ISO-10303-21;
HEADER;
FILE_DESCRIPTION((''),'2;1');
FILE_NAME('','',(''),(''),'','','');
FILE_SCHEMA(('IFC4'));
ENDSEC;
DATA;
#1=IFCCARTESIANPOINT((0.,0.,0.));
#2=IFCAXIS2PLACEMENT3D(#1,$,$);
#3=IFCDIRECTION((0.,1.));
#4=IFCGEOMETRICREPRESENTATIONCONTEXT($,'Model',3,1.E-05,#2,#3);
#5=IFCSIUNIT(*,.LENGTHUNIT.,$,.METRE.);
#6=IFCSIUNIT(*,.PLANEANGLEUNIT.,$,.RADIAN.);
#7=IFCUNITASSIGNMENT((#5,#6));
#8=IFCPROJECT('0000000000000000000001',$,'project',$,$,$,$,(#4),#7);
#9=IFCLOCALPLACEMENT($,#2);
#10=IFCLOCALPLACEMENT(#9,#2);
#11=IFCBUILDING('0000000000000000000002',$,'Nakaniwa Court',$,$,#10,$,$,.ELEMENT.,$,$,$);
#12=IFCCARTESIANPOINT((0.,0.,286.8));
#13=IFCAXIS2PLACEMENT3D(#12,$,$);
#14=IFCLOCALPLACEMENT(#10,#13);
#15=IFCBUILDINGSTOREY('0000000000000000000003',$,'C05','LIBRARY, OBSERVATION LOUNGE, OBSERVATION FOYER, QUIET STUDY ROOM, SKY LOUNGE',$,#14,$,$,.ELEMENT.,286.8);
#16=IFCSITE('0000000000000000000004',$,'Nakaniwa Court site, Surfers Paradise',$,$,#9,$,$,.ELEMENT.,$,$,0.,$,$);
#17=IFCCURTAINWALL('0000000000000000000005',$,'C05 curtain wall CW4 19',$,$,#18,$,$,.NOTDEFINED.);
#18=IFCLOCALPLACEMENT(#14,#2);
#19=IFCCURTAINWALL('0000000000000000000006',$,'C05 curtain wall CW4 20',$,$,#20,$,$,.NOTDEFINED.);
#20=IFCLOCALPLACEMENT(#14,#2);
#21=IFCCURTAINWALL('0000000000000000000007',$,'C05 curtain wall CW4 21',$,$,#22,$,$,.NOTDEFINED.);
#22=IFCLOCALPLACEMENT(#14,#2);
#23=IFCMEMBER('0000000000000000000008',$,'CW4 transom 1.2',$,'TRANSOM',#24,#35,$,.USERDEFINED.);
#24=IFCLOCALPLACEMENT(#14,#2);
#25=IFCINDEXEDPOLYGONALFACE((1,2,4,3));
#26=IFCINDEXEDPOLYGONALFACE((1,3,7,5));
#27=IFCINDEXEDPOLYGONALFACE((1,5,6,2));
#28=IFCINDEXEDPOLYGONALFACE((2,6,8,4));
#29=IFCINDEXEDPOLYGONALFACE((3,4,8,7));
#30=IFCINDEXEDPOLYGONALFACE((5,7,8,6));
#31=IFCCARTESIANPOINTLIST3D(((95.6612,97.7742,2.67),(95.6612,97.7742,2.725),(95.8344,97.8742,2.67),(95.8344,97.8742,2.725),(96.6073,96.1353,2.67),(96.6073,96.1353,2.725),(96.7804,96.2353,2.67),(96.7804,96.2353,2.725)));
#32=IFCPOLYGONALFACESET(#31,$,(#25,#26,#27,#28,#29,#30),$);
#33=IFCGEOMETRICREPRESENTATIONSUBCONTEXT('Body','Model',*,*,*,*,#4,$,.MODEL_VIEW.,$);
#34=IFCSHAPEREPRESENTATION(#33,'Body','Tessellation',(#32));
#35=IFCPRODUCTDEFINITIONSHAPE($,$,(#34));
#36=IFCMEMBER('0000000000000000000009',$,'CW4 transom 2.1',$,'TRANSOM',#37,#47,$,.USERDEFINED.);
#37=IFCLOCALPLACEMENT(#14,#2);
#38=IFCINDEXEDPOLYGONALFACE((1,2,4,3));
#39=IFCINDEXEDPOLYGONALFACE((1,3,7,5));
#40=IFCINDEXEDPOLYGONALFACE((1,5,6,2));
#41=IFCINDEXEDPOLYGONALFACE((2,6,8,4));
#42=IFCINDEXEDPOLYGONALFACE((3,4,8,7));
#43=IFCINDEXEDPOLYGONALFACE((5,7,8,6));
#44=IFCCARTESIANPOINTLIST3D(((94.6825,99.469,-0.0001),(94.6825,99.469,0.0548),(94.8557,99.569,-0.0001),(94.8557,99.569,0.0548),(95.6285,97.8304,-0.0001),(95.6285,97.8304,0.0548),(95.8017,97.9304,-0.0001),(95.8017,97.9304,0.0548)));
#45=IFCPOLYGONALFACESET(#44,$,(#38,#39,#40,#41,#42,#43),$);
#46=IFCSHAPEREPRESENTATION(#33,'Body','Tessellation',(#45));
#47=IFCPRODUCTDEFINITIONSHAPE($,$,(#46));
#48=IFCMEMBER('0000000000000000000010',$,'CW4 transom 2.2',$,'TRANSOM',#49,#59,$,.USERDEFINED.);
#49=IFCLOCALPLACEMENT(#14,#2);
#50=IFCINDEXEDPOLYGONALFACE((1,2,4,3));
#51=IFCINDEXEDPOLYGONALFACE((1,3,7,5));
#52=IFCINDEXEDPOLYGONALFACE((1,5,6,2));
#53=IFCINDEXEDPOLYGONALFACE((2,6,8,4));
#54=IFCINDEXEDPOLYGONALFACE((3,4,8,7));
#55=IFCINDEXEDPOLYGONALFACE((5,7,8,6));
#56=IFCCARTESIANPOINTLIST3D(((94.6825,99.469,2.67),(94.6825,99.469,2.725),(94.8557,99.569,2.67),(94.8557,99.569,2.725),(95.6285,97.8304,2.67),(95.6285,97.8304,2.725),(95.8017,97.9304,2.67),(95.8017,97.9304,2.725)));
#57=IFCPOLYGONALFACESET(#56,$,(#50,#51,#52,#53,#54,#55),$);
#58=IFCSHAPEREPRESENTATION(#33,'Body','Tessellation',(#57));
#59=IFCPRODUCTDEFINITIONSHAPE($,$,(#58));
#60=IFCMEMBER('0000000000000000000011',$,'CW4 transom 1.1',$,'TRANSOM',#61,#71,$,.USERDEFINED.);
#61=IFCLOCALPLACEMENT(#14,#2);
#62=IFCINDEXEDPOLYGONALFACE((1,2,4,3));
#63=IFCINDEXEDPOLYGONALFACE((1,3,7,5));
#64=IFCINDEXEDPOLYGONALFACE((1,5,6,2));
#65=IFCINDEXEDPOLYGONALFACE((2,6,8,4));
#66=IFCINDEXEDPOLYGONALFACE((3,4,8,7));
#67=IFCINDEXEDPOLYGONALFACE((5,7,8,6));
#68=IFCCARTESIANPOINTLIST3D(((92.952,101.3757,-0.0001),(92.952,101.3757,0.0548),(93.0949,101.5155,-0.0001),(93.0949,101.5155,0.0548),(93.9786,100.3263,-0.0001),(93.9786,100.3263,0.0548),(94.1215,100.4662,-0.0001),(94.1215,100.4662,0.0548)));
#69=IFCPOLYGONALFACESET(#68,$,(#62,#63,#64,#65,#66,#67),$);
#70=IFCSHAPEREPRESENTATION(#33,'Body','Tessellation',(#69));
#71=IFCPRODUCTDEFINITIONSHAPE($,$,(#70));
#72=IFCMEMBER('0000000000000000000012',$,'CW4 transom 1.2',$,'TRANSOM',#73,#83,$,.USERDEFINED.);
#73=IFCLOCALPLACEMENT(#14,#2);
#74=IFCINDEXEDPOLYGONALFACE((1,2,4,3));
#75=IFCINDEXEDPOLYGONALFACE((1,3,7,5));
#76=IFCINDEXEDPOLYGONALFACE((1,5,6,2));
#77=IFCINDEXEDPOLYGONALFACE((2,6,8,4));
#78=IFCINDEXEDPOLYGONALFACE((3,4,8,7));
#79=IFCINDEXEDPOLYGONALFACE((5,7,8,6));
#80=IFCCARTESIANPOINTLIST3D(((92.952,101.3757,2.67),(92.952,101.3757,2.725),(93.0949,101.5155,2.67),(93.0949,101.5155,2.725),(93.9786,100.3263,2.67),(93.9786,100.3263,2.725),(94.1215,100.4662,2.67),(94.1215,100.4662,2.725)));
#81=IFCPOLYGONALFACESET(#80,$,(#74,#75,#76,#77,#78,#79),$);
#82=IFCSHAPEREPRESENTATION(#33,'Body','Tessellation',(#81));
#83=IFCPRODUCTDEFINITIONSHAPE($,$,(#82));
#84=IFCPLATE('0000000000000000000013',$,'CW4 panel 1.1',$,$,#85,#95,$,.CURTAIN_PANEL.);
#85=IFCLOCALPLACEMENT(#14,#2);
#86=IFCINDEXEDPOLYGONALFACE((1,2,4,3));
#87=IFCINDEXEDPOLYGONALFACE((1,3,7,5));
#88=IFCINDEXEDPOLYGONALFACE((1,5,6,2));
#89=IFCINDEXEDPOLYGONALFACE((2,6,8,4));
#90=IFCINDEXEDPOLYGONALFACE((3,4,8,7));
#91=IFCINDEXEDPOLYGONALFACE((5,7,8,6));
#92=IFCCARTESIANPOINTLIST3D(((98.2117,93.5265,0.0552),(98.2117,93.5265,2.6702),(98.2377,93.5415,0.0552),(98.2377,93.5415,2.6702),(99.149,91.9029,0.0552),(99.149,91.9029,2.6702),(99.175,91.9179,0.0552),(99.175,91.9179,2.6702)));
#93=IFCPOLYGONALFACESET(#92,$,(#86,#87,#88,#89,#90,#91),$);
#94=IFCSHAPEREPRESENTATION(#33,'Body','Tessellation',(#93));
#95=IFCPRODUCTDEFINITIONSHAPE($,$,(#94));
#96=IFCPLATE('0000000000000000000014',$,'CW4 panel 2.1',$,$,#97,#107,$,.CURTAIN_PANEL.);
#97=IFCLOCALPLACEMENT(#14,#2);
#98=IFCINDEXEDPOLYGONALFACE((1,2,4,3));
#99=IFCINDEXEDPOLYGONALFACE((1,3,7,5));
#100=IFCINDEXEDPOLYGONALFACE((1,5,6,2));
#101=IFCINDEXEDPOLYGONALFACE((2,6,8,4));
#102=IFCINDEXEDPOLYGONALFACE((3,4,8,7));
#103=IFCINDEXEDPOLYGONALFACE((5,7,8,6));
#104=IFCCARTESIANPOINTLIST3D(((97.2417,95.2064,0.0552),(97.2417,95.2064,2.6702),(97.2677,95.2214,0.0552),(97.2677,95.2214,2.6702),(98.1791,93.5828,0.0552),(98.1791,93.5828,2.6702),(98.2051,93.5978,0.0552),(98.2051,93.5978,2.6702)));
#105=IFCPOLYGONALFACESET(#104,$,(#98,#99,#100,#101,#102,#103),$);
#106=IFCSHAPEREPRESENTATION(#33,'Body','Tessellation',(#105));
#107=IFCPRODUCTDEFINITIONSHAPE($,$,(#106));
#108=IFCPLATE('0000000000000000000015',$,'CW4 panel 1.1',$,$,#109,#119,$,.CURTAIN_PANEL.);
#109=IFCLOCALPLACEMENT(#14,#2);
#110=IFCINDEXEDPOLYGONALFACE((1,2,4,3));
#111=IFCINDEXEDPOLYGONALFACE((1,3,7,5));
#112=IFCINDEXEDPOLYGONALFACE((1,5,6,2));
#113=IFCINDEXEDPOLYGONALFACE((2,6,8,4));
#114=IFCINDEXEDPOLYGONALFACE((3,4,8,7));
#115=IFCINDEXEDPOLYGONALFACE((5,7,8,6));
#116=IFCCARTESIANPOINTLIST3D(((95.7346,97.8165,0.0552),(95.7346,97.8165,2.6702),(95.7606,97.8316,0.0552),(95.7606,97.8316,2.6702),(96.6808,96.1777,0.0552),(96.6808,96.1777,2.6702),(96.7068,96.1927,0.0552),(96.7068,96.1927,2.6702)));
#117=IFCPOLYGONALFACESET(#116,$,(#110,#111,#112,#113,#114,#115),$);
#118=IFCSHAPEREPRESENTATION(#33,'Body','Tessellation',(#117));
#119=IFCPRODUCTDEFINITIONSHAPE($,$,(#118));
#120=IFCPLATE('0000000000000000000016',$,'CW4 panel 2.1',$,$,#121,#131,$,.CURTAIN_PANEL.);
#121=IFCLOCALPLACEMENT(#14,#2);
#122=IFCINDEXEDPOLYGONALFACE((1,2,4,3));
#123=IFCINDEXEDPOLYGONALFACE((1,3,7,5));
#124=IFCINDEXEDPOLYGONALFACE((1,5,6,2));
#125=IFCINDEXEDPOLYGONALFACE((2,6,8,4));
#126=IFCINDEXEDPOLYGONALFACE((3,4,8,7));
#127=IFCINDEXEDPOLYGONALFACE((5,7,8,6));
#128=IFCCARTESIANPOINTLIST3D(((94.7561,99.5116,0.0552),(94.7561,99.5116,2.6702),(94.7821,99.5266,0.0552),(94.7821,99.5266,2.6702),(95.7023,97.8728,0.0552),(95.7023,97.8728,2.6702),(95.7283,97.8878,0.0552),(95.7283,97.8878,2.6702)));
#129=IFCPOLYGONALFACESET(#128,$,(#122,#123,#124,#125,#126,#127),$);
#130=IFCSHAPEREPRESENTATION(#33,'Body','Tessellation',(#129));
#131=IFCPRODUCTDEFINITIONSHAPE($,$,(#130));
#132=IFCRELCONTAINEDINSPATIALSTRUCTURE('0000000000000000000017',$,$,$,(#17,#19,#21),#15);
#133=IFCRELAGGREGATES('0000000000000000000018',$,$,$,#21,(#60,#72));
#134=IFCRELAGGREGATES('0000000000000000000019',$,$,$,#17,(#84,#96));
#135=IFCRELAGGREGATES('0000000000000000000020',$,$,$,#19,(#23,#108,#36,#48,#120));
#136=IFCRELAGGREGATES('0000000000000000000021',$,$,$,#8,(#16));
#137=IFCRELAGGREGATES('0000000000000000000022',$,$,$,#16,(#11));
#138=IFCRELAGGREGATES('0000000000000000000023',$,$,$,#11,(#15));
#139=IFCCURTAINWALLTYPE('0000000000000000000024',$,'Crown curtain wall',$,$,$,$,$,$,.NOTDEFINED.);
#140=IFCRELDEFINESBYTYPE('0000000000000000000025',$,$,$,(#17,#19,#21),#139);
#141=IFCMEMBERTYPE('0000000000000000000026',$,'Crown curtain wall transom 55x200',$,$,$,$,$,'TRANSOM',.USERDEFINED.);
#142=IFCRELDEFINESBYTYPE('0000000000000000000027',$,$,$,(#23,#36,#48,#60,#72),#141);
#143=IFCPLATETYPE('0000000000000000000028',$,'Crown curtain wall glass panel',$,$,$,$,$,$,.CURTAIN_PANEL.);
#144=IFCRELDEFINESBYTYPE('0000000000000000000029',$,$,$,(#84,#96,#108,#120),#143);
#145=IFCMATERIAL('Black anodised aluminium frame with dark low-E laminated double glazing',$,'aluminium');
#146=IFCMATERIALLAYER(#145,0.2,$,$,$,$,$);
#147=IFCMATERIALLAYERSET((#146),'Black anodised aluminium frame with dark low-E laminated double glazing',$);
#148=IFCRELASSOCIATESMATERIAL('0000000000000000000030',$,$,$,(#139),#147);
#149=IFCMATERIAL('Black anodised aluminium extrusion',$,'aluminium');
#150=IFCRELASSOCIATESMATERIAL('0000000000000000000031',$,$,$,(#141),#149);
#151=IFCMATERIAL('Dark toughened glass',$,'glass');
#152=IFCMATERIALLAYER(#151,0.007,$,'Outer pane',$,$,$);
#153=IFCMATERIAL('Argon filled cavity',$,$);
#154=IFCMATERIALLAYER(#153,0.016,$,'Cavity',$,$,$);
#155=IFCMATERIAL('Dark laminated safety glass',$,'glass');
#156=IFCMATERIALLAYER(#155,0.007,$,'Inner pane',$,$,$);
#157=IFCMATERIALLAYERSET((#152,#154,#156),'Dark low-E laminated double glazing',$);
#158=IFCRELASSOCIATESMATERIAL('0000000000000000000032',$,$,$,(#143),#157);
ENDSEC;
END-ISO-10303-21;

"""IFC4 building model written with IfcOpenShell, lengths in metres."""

from ifc_helpers import new_model, si_unit, direction, frame, origin, origin_2d, place, context, subcontext, project, spatial, rectangle, extrude, material, layer, layer_set, material_profile, profile_set, type_object, element, aggregate, save


model = new_model("IFC4")

# Units and contexts
model_context = context("Model", 3, precision=1e-05, world=origin(), true_north=direction((0.0, 1.0)))
body_context = subcontext(model_context, "Body", "Model", "MODEL_VIEW")
ifc_project = project(units=[si_unit("LENGTHUNIT", "METRE"), si_unit("PLANEANGLEUNIT", "RADIAN")], contexts=[model_context])

# Site, building, storey
site_placement = place(None, origin())
site = spatial("IfcSite", under=ifc_project, at=site_placement, Name="Nakaniwa Court site, Surfers Paradise", CompositionType="ELEMENT", RefElevation=0.0)
building_placement = place(site_placement, origin())
building = spatial("IfcBuilding", under=site, at=building_placement, Name="Nakaniwa Court", CompositionType="ELEMENT")
storey_placement = place(building_placement, frame((0.0, 0.0, 286.8)))
storey = spatial("IfcBuildingStorey", under=building, at=storey_placement, Name="C05", Description="LIBRARY, OBSERVATION LOUNGE, OBSERVATION FOYER, QUIET STUDY ROOM, SKY LOUNGE", CompositionType="ELEMENT", Elevation=286.8)

# Curtain walls
ifc_material_1 = material(Name="Black anodised aluminium frame with dark low-E laminated double glazing", Category="aluminium")
ifc_layer_1 = layer(ifc_material_1, 0.2)
ifc_layer_set_1 = layer_set([ifc_layer_1], Name="Black anodised aluminium frame with dark low-E laminated double glazing")
curtain_wall_type = type_object("IfcCurtainWallType", Name="Crown curtain wall", PredefinedType="NOTDEFINED", material=ifc_layer_set_1)
curtain_wall_1_placement = place(storey_placement, origin())
curtain_wall_1 = element("IfcCurtainWall", 1, at=curtain_wall_1_placement, inside=storey, type_object=curtain_wall_type, Name="C05 curtain wall CW4 19", PredefinedType="NOTDEFINED")
ifc_material_2 = material(Name="Black anodised aluminium extrusion", Category="aluminium")
curtain_wall_2_placement = place(storey_placement, origin())
curtain_wall_2 = element("IfcCurtainWall", 2, at=curtain_wall_2_placement, inside=storey, type_object=curtain_wall_type, Name="C05 curtain wall CW4 20", PredefinedType="NOTDEFINED")

# Curtain wall
curtain_wall_3_placement = place(storey_placement, origin())
curtain_wall_3 = element("IfcCurtainWall", 3, at=curtain_wall_3_placement, inside=storey, type_object=curtain_wall_type, Name="C05 curtain wall CW4 21", PredefinedType="NOTDEFINED")

# Members
ifc_material_profile_1 = material_profile(ifc_material_2, rectangle(XDim=0.2, YDim=0.0549, at=origin_2d()), Name="Crown curtain wall transom 55x200")
ifc_profile_set_1 = profile_set([ifc_material_profile_1], Name="Black anodised aluminium extrusion")
member_type_1 = type_object("IfcMemberType", Name="Crown curtain wall transom 55x200", ElementType="TRANSOM", PredefinedType="USERDEFINED", material=ifc_profile_set_1)
member_1_placement = place(storey_placement, frame((96.6938, 96.1853, 2.6975), z_axis=(-0.499927, 0.866067, 0.0), x_axis=(-0.866067, -0.499927, 0.0)))
member_1 = element("IfcMember", 4, at=member_1_placement, type_object=member_type_1, Name="CW4 transom 1.2", ObjectType="TRANSOM", PredefinedType="USERDEFINED", context=body_context, shape_type="SweptSolid", body=[
    extrude(rectangle(XDim=0.2, YDim=0.0549, at=origin_2d()), origin(), (0.0, 0.0, 1.0), 1.8923),
])
member_2_placement = place(storey_placement, frame((95.7151, 97.8804, 0.0273), z_axis=(-0.499983, 0.866035, 0.0), x_axis=(-0.866035, -0.499983, 0.0)))
member_2 = element("IfcMember", 5, at=member_2_placement, type_object=member_type_1, Name="CW4 transom 2.1", ObjectType="TRANSOM", PredefinedType="USERDEFINED", context=body_context, shape_type="SweptSolid", body=[
    extrude(rectangle(XDim=0.2, YDim=0.0549, at=origin_2d()), origin(), (0.0, 0.0, 1.0), 1.8921),
])
member_3_placement = place(storey_placement, frame((95.7151, 97.8804, 2.6975), z_axis=(-0.499983, 0.866035, 0.0), x_axis=(-0.866035, -0.499983, 0.0)))
member_3 = element("IfcMember", 6, at=member_3_placement, type_object=member_type_1, Name="CW4 transom 2.2", ObjectType="TRANSOM", PredefinedType="USERDEFINED", context=body_context, shape_type="SweptSolid", body=[
    extrude(rectangle(XDim=0.2, YDim=0.0549, at=origin_2d()), origin(), (0.0, 0.0, 1.0), 1.8921),
])
member_4_placement = place(storey_placement, frame((94.05, 100.3962, 0.0273), z_axis=(-0.699331, 0.714798, 0.0), x_axis=(-0.714798, -0.699331, 0.0)))
member_4 = element("IfcMember", 7, at=member_4_placement, type_object=member_type_1, Name="CW4 transom 1.1", ObjectType="TRANSOM", PredefinedType="USERDEFINED", context=body_context, shape_type="SweptSolid", body=[
    extrude(rectangle(XDim=0.2, YDim=0.0549, at=origin_2d()), origin(), (0.0, 0.0, 1.0), 1.468),
])
member_5_placement = place(storey_placement, frame((94.05, 100.3962, 2.6975), z_axis=(-0.699331, 0.714798, 0.0), x_axis=(-0.714798, -0.699331, 0.0)))
member_5 = element("IfcMember", 8, at=member_5_placement, type_object=member_type_1, Name="CW4 transom 1.2", ObjectType="TRANSOM", PredefinedType="USERDEFINED", context=body_context, shape_type="SweptSolid", body=[
    extrude(rectangle(XDim=0.2, YDim=0.0549, at=origin_2d()), origin(), (0.0, 0.0, 1.0), 1.468),
])
aggregate(curtain_wall_3, [member_4, member_5])

# Plates
ifc_material_3 = material(Name="Dark toughened glass", Category="glass")
ifc_layer_2 = layer(ifc_material_3, 0.007, Name="Outer pane")
ifc_material_4 = material(Name="Argon filled cavity")
ifc_layer_3 = layer(ifc_material_4, 0.016, Name="Cavity")
ifc_material_5 = material(Name="Dark laminated safety glass", Category="glass")
ifc_layer_4 = layer(ifc_material_5, 0.007, Name="Inner pane")
ifc_layer_set_2 = layer_set([ifc_layer_2, ifc_layer_3, ifc_layer_4], Name="Dark low-E laminated double glazing")
plate_type = type_object("IfcPlateType", Name="Crown curtain wall glass panel", PredefinedType="CURTAIN_PANEL", material=ifc_layer_set_2)
plate_1_placement = place(storey_placement, frame((98.6934, 92.7222, 0.0552), z_axis=(0.0, 0.0, 1.0), x_axis=(-0.499987, 0.866033, 0.0)))
plate_1 = element("IfcPlate", 9, at=plate_1_placement, type_object=plate_type, Name="CW4 panel 1.1", PredefinedType="CURTAIN_PANEL", context=body_context, shape_type="SweptSolid", body=[
    extrude(rectangle(XDim=1.8748, YDim=0.03, at=origin_2d()), origin(), (0.0, 0.0, 1.0), 2.615),
])
plate_2_placement = place(storey_placement, frame((97.7234, 94.4021, 0.0552), z_axis=(0.0, 0.0, 1.0), x_axis=(-0.499987, 0.866033, 0.0)))
plate_2 = element("IfcPlate", 10, at=plate_2_placement, type_object=plate_type, Name="CW4 panel 2.1", PredefinedType="CURTAIN_PANEL", context=body_context, shape_type="SweptSolid", body=[
    extrude(rectangle(XDim=1.8748, YDim=0.03, at=origin_2d()), origin(), (0.0, 0.0, 1.0), 2.615),
])
aggregate(curtain_wall_1, [plate_1, plate_2])
plate_3_placement = place(storey_placement, frame((96.2207, 97.0046, 0.0552), z_axis=(0.0, 0.0, 1.0), x_axis=(-0.499996, 0.866028, 0.0)))
plate_3 = element("IfcPlate", 11, at=plate_3_placement, type_object=plate_type, Name="CW4 panel 1.1", PredefinedType="CURTAIN_PANEL", context=body_context, shape_type="SweptSolid", body=[
    extrude(rectangle(XDim=1.8923, YDim=0.03, at=origin_2d()), origin(), (0.0, 0.0, 1.0), 2.615),
])
plate_4_placement = place(storey_placement, frame((95.2422, 98.6997, 0.0552), z_axis=(0.0, 0.0, 1.0), x_axis=(-0.499996, 0.866028, 0.0)))
plate_4 = element("IfcPlate", 12, at=plate_4_placement, type_object=plate_type, Name="CW4 panel 2.1", PredefinedType="CURTAIN_PANEL", context=body_context, shape_type="SweptSolid", body=[
    extrude(rectangle(XDim=1.8923, YDim=0.03, at=origin_2d()), origin(), (0.0, 0.0, 1.0), 2.615),
])
aggregate(curtain_wall_2, [member_1, plate_3, member_2, member_3, plate_4])

save(model, "model.ifc")
